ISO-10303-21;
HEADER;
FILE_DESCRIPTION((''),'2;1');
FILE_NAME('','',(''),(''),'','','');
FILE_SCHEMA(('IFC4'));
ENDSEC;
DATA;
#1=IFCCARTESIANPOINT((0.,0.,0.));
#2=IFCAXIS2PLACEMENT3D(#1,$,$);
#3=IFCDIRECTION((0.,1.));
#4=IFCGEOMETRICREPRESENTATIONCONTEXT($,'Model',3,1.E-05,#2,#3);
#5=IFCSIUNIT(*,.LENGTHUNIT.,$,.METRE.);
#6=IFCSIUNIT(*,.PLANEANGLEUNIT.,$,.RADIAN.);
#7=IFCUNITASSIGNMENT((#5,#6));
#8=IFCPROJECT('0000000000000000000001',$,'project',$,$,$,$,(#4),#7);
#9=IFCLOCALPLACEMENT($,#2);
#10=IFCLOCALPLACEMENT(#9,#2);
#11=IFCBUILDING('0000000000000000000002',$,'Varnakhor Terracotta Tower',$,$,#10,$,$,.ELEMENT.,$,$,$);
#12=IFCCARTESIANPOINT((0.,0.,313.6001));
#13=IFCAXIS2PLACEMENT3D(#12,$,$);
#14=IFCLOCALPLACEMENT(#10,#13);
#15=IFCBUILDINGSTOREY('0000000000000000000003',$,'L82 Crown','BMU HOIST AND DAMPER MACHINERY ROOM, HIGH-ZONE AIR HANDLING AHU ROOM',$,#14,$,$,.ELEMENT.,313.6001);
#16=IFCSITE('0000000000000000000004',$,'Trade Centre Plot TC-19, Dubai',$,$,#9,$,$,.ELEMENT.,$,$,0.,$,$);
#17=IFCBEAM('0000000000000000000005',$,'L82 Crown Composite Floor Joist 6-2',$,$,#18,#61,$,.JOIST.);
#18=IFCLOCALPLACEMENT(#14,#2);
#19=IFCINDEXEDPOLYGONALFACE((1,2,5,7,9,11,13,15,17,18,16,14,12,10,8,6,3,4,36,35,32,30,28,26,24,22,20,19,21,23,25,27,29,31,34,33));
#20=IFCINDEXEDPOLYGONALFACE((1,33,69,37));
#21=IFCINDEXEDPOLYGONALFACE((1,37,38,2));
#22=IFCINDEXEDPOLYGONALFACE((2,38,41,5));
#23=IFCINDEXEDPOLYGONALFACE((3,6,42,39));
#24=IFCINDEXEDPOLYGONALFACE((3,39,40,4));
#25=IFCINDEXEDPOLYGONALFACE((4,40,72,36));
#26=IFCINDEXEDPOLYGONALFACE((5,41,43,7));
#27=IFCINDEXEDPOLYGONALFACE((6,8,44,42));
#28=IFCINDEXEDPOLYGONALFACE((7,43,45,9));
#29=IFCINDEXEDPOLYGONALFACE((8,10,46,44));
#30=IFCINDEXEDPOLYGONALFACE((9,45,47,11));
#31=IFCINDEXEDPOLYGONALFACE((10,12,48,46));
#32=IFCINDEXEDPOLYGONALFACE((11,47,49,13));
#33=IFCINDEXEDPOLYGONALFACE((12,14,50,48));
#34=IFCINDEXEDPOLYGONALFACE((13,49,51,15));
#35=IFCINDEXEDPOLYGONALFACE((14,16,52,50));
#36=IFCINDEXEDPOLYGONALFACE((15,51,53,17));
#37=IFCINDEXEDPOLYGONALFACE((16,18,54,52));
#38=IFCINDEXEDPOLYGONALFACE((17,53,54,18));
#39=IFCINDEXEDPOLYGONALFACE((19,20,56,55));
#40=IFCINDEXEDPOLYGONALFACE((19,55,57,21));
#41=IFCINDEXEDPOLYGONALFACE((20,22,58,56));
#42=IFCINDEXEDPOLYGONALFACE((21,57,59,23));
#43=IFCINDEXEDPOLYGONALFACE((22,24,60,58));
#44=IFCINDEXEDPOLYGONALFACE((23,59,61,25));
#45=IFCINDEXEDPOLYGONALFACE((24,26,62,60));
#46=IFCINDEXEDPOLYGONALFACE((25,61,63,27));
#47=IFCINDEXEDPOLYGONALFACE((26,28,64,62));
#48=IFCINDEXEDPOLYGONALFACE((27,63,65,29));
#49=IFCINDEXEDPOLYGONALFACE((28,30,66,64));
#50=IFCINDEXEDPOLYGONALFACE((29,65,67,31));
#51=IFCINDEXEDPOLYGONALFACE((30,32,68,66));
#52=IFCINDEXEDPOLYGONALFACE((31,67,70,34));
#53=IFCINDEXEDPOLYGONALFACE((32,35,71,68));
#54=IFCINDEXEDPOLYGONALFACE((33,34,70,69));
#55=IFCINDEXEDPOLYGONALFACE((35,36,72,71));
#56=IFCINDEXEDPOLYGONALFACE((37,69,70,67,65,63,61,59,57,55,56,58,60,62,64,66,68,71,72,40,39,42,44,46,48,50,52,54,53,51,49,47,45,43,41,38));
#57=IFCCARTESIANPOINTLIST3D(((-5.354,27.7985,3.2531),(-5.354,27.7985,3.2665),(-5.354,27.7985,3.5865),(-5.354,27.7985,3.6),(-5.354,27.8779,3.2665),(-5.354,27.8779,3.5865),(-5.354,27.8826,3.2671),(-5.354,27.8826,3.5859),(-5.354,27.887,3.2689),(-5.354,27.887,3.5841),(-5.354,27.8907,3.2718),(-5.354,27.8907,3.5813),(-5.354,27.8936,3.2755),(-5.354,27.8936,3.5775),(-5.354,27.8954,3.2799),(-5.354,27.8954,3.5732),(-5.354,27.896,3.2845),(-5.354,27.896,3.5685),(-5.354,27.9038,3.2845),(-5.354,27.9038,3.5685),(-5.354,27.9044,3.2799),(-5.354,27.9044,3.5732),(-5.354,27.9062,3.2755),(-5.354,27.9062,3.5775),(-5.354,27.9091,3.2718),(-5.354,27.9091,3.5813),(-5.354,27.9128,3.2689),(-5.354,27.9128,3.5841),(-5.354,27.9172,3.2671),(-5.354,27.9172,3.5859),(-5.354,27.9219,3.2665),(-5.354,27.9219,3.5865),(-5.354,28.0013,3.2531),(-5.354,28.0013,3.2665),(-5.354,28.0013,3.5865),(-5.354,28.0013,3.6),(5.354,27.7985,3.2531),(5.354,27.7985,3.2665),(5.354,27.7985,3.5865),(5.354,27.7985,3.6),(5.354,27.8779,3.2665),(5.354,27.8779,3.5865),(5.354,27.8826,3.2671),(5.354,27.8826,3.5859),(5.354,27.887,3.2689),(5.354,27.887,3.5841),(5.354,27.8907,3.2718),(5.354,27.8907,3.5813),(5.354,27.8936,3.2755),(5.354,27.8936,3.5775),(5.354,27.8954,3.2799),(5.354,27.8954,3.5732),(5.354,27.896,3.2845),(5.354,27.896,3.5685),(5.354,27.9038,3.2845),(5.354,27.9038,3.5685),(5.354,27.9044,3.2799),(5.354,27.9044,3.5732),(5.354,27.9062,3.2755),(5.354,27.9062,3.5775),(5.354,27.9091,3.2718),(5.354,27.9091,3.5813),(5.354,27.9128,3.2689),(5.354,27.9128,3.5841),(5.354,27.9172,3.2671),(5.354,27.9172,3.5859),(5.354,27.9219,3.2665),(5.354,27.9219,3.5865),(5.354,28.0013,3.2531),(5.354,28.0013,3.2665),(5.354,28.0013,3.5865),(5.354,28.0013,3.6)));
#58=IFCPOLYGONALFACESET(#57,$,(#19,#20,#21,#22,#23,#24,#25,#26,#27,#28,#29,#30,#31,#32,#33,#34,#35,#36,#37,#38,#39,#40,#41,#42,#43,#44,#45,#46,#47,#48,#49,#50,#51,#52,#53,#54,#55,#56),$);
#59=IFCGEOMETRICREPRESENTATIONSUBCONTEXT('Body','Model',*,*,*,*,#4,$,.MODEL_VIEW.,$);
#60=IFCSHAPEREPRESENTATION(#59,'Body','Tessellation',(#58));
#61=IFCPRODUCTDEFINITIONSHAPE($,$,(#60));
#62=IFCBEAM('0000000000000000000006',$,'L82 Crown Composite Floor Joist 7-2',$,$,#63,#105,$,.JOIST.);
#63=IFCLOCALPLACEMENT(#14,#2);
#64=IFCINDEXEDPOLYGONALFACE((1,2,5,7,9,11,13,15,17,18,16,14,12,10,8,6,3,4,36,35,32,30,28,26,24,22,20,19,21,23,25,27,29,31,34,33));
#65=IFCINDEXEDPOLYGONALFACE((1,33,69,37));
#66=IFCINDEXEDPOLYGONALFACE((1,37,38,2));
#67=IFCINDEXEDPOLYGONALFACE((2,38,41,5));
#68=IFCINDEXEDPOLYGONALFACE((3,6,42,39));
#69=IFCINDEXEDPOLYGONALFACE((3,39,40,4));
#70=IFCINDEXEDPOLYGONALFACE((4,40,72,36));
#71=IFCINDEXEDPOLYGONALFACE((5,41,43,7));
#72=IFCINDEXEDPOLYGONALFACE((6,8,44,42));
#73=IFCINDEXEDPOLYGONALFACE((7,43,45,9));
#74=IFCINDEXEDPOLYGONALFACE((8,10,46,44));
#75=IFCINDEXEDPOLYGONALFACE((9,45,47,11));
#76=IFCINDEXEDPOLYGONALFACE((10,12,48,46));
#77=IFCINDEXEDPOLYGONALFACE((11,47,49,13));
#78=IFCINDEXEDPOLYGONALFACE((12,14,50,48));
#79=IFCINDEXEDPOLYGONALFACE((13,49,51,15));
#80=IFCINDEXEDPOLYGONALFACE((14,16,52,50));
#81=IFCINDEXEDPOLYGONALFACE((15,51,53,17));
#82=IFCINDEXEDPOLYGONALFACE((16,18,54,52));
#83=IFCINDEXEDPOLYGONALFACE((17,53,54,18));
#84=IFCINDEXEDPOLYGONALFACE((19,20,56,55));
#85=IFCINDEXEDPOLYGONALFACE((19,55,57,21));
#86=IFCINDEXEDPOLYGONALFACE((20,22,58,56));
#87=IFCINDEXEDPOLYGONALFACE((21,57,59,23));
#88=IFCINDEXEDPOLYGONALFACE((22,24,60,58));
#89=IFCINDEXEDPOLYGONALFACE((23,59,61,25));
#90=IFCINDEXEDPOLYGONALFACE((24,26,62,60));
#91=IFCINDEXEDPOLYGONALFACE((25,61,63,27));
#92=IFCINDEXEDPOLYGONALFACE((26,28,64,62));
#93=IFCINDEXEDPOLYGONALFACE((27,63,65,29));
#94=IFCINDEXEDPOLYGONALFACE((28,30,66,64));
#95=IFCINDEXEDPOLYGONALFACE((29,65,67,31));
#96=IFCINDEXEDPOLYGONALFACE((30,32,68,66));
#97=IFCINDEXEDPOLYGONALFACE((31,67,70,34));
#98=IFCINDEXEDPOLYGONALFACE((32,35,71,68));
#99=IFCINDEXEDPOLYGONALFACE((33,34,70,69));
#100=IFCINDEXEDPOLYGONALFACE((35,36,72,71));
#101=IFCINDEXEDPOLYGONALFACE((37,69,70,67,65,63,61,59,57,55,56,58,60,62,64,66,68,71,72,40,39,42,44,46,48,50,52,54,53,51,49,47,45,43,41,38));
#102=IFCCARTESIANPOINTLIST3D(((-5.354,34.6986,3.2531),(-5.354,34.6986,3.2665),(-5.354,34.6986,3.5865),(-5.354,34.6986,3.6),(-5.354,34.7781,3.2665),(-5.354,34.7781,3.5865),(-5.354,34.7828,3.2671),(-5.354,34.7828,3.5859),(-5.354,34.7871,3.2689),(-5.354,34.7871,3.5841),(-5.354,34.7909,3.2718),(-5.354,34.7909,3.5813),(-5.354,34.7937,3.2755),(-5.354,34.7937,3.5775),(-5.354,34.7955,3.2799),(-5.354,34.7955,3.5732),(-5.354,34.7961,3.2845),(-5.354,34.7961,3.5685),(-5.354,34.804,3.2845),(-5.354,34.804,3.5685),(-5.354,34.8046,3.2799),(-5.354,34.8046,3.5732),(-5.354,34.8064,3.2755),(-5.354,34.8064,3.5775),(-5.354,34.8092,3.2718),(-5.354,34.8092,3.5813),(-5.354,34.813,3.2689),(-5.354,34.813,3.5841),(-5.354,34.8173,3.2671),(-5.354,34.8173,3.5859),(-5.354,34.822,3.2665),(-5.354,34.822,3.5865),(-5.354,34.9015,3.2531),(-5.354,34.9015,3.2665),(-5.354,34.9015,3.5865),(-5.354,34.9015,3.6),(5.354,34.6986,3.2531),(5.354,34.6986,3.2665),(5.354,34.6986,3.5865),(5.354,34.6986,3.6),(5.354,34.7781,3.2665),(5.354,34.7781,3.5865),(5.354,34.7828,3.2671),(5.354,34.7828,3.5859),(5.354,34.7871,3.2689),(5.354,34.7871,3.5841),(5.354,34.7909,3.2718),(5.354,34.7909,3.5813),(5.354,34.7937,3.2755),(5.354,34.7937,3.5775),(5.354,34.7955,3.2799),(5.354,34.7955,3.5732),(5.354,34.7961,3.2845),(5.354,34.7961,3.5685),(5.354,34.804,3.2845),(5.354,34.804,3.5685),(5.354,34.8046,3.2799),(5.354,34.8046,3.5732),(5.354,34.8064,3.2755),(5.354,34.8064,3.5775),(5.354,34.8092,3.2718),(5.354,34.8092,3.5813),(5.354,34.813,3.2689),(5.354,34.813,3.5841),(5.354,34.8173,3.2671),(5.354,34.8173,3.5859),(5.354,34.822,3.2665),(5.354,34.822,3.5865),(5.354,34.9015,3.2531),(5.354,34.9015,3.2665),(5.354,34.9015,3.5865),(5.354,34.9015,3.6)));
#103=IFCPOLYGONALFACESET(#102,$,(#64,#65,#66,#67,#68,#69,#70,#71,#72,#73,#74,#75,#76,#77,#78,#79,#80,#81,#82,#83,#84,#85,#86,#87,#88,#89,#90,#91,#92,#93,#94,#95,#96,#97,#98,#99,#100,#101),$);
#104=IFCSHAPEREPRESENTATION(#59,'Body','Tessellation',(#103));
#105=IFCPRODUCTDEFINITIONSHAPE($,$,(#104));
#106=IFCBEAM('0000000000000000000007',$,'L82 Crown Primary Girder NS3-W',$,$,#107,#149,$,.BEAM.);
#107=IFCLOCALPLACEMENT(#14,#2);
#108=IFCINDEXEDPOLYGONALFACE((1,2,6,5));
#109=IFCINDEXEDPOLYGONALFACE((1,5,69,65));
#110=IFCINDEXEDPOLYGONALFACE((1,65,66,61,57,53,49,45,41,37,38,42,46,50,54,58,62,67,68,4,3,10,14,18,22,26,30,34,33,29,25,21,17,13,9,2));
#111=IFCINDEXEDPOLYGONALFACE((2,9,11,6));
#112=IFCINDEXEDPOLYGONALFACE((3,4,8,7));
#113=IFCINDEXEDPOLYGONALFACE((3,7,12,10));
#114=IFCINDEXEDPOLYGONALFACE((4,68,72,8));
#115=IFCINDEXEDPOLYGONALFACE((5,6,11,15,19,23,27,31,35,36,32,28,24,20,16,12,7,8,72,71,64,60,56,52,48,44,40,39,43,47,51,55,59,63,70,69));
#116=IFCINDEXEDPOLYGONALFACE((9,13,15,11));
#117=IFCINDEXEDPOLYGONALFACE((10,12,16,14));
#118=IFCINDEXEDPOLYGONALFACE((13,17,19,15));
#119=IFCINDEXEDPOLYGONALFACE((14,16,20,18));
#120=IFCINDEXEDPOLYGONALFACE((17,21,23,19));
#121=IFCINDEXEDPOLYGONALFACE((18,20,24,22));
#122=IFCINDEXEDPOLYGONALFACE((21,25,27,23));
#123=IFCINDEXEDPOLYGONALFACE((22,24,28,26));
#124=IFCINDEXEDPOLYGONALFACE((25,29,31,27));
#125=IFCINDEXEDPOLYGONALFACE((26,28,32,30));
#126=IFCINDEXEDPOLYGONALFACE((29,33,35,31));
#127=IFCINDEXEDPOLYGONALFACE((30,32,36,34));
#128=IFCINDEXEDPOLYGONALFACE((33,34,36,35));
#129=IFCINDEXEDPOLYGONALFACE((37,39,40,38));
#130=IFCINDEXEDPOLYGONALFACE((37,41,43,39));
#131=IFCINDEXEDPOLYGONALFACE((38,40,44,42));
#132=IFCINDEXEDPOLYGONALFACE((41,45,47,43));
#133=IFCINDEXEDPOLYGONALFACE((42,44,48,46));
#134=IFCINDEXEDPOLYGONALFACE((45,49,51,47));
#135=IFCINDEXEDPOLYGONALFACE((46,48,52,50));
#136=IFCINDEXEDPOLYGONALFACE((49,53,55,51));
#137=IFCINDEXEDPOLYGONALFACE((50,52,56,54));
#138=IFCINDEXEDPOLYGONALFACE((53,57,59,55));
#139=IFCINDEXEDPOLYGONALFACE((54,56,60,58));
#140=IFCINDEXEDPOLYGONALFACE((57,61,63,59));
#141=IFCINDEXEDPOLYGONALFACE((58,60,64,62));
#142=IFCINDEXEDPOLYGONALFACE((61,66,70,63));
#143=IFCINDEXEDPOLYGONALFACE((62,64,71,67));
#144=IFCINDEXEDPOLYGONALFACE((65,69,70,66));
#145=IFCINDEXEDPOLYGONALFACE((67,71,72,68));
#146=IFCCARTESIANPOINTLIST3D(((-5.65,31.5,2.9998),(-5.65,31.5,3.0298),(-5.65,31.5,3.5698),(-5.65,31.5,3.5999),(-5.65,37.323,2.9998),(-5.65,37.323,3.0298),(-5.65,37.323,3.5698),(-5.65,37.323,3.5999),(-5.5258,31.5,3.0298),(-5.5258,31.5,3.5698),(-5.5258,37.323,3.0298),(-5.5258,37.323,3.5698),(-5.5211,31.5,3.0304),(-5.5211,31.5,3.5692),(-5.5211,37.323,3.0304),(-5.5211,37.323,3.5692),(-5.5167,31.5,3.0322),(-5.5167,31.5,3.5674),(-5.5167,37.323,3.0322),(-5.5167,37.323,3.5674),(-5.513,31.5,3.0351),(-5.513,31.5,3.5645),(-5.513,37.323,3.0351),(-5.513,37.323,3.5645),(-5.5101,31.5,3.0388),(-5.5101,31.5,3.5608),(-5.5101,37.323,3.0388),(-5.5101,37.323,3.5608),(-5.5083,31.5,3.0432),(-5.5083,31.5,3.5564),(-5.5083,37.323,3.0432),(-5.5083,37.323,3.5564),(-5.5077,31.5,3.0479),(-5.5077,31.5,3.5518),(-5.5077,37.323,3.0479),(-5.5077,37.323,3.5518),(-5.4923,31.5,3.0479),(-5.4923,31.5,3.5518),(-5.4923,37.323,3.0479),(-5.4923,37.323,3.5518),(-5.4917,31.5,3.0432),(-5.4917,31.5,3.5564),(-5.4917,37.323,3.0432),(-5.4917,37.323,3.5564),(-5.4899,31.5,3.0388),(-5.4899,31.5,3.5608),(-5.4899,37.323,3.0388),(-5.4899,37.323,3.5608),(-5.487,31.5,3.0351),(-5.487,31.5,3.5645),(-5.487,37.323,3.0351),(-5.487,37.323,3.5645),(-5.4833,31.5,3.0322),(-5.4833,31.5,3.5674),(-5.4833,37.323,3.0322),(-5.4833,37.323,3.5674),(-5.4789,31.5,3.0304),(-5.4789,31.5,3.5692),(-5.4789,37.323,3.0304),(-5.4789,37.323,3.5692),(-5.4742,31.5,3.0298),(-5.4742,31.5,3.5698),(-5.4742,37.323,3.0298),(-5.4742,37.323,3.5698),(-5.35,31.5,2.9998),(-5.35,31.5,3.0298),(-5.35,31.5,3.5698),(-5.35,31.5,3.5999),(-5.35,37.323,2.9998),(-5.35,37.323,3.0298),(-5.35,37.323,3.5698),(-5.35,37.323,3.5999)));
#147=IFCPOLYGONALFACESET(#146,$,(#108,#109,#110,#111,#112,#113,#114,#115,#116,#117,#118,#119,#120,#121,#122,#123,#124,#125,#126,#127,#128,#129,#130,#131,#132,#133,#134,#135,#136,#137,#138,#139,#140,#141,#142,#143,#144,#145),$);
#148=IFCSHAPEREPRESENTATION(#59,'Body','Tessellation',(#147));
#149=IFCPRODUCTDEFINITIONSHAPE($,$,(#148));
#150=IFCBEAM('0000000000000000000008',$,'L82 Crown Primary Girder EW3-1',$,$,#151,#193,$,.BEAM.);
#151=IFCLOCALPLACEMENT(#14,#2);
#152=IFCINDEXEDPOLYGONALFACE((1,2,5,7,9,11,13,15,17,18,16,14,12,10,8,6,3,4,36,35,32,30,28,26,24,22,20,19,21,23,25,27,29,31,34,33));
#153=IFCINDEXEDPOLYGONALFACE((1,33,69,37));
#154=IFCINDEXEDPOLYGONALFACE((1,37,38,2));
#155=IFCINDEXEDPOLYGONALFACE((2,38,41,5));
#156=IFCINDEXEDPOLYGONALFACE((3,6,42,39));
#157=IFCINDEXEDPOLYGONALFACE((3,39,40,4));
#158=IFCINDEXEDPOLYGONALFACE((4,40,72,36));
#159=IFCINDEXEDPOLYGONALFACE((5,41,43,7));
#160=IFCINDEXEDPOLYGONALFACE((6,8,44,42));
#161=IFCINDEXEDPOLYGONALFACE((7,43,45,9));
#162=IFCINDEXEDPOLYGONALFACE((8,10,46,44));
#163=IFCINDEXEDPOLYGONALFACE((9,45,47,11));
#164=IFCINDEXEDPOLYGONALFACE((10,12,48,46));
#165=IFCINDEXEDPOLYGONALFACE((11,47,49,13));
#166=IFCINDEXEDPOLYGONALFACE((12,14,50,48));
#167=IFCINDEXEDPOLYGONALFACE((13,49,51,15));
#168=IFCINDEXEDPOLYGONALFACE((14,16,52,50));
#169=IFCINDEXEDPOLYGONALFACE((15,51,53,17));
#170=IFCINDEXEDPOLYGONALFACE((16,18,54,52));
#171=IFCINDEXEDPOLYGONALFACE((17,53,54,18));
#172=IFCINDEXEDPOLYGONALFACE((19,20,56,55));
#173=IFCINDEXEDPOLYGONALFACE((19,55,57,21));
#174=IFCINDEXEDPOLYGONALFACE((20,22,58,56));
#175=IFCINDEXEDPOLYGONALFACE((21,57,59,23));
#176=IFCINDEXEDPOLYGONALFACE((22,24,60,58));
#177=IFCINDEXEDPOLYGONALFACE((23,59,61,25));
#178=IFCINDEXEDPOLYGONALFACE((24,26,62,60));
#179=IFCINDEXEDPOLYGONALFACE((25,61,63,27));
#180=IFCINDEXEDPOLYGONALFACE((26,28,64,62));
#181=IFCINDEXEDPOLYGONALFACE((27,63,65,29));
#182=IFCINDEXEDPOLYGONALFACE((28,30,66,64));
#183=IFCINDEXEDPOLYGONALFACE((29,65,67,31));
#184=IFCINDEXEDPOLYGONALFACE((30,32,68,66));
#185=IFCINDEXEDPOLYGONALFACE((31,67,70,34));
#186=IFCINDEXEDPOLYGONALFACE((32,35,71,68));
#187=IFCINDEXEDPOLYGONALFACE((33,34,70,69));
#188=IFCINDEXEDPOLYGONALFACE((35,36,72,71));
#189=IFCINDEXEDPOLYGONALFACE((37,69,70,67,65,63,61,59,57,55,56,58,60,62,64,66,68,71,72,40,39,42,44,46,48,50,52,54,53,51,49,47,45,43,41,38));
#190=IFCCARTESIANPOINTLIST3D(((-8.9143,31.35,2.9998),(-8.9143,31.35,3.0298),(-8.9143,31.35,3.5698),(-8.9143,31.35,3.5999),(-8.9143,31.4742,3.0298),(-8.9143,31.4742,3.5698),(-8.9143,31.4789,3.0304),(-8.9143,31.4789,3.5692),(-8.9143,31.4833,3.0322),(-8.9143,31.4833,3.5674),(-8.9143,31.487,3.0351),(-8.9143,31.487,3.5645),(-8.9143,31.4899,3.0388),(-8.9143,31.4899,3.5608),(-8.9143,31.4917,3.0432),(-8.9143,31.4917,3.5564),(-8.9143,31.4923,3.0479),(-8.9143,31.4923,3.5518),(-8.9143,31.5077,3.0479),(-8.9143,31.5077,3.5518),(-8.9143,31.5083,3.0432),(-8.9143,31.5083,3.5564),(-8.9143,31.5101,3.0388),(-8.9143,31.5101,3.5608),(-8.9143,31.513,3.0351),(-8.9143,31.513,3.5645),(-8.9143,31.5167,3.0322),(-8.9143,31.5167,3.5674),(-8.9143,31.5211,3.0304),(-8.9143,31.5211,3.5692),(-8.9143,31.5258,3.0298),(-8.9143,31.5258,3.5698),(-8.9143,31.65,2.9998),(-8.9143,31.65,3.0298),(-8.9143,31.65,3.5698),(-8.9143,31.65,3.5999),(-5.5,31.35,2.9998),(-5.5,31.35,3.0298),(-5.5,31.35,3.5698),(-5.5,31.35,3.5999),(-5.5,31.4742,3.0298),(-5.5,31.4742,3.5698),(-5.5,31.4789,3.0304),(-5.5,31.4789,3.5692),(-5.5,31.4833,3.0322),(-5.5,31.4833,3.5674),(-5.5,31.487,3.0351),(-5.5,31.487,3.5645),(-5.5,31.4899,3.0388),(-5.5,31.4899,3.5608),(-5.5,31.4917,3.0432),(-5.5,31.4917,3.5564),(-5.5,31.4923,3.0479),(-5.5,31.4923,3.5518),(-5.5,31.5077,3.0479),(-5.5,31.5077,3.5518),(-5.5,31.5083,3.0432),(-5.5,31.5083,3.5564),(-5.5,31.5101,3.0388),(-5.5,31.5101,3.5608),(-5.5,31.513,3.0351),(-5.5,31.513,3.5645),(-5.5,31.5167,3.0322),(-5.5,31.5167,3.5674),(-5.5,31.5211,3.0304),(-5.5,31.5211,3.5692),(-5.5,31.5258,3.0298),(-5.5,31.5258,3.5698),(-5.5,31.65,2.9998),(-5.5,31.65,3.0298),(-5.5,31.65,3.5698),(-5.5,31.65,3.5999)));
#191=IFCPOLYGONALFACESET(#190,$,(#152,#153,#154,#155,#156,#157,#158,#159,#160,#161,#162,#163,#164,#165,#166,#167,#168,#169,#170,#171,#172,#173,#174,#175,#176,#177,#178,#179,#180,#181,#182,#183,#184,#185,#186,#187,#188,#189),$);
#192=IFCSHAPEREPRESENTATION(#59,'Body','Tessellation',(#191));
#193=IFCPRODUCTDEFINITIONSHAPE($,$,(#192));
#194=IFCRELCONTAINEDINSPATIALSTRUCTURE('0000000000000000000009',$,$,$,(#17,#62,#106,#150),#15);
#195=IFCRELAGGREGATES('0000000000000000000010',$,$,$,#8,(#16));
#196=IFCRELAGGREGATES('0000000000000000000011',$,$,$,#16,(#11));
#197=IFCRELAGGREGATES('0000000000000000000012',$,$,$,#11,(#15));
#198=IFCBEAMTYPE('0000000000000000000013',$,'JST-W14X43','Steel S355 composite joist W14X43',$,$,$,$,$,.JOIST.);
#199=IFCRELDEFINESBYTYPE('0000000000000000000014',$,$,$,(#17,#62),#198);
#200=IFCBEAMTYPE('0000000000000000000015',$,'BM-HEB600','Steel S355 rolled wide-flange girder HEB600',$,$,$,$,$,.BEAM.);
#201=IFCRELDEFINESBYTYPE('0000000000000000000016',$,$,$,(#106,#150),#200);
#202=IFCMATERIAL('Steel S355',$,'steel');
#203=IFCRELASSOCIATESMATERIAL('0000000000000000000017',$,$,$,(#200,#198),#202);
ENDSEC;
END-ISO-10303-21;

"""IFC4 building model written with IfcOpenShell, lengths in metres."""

from ifc_helpers import new_model, si_unit, direction, frame, origin, origin_2d, place, context, subcontext, project, spatial, i_section, extrude, source, transform, mapped, material, material_profile, profile_set, type_object, element, save


model = new_model("IFC4")

# Units and contexts
model_context = context("Model", 3, precision=1e-05, world=origin(), true_north=direction((0.0, 1.0)))
body_context = subcontext(model_context, "Body", "Model", "MODEL_VIEW")
ifc_project = project(units=[si_unit("LENGTHUNIT", "METRE"), si_unit("PLANEANGLEUNIT", "RADIAN")], contexts=[model_context])

# Site, building, storey
site_placement = place(None, origin())
site = spatial("IfcSite", under=ifc_project, at=site_placement, Name="Trade Centre Plot TC-19, Dubai", CompositionType="ELEMENT", RefElevation=0.0)
building_placement = place(site_placement, origin())
building = spatial("IfcBuilding", under=site, at=building_placement, Name="Varnakhor Terracotta Tower", CompositionType="ELEMENT")
storey_placement = place(building_placement, frame((0.0, 0.0, 313.6001)))
storey = spatial("IfcBuildingStorey", under=building, at=storey_placement, Name="L82 Crown", Description="BMU HOIST AND DAMPER MACHINERY ROOM, HIGH-ZONE AIR HANDLING AHU ROOM", CompositionType="ELEMENT", Elevation=313.6001)

# Beams
ifc_material_1 = material(Name="Steel S355", Category="steel")
ifc_material_profile_1 = material_profile(ifc_material_1, i_section(OverallWidth=0.3, OverallDepth=0.6001, WebThickness=0.0154, FlangeThickness=0.03, FilletRadius=0.0181, at=origin_2d()), Name="HEB600")
ifc_profile_set_1 = profile_set([ifc_material_profile_1], Name="Steel S355")
beam_type_1 = type_object("IfcBeamType", Name="BM-HEB600", Description="Steel S355 rolled wide-flange girder HEB600", PredefinedType="BEAM", material=ifc_profile_set_1)
ifc_material_profile_2 = material_profile(ifc_material_1, i_section(OverallWidth=0.2029, OverallDepth=0.3469, WebThickness=0.0078, FlangeThickness=0.0134, FilletRadius=0.0181, at=origin_2d()), Name="W14X43")
ifc_profile_set_2 = profile_set([ifc_material_profile_2], Name="Steel S355")
beam_type_2 = type_object("IfcBeamType", Name="JST-W14X43", Description="Steel S355 composite joist W14X43", PredefinedType="JOIST", material=ifc_profile_set_2)
shared_shape_1 = source(origin(), body_context, "Body", "SweptSolid", [
    extrude(i_section(OverallWidth=0.2029, OverallDepth=0.3469, WebThickness=0.0078, FlangeThickness=0.0134, FilletRadius=0.0181, at=origin_2d()), origin(), (0.0, 0.0, 1.0), 10.708),
])
for number, where, z_axis, x_axis, name in (
    (1, (-5.354, 27.8999, 3.4265), (1.0, 0.0, 0.0), (0.0, 1.0, 0.0), "L82 Crown Composite Floor Joist 6-2"),
    (2, (-5.354, 34.8, 3.4265), (1.0, 0.0, 0.0), (0.0, 1.0, 0.0), "L82 Crown Composite Floor Joist 7-2"),
):
    element("IfcBeam", number, at=place(storey_placement, frame(where, z_axis=z_axis, x_axis=x_axis)), inside=storey, type_object=beam_type_2, Name=name, PredefinedType="JOIST", context=body_context, shape_type="MappedRepresentation", body=[
        mapped(shared_shape_1, transform((0.0, 0.0, 0.0), scale=1.0)),
    ])
shared_shape_2 = source(origin(), body_context, "Body", "SweptSolid", [
    extrude(i_section(OverallWidth=0.3, OverallDepth=0.6001, WebThickness=0.0154, FlangeThickness=0.03, FilletRadius=0.0181, at=origin_2d()), origin(), (0.0, 0.0, 1.0), 5.823),
])
beam_1_placement = place(storey_placement, frame((-5.5, 31.5, 3.2998), z_axis=(0.0, 1.0, 0.0), x_axis=(-1.0, 0.0, 0.0)))
element("IfcBeam", 3, at=beam_1_placement, inside=storey, type_object=beam_type_1, Name="L82 Crown Primary Girder NS3-W", PredefinedType="BEAM", context=body_context, shape_type="MappedRepresentation", body=[
    mapped(shared_shape_2, transform((0.0, 0.0, 0.0), scale=1.0)),
])
shared_shape_3 = source(origin(), body_context, "Body", "SweptSolid", [
    extrude(i_section(OverallWidth=0.3, OverallDepth=0.6001, WebThickness=0.0154, FlangeThickness=0.03, FilletRadius=0.0181, at=origin_2d()), origin(), (0.0, 0.0, 1.0), 3.4143),
])
beam_2_placement = place(storey_placement, frame((-8.9143, 31.5, 3.2998), z_axis=(1.0, 0.0, 0.0), x_axis=(0.0, 1.0, 0.0)))
element("IfcBeam", 4, at=beam_2_placement, inside=storey, type_object=beam_type_1, Name="L82 Crown Primary Girder EW3-1", PredefinedType="BEAM", context=body_context, shape_type="MappedRepresentation", body=[
    mapped(shared_shape_3, transform((0.0, 0.0, 0.0), scale=1.0)),
])

save(model, "model.ifc")
